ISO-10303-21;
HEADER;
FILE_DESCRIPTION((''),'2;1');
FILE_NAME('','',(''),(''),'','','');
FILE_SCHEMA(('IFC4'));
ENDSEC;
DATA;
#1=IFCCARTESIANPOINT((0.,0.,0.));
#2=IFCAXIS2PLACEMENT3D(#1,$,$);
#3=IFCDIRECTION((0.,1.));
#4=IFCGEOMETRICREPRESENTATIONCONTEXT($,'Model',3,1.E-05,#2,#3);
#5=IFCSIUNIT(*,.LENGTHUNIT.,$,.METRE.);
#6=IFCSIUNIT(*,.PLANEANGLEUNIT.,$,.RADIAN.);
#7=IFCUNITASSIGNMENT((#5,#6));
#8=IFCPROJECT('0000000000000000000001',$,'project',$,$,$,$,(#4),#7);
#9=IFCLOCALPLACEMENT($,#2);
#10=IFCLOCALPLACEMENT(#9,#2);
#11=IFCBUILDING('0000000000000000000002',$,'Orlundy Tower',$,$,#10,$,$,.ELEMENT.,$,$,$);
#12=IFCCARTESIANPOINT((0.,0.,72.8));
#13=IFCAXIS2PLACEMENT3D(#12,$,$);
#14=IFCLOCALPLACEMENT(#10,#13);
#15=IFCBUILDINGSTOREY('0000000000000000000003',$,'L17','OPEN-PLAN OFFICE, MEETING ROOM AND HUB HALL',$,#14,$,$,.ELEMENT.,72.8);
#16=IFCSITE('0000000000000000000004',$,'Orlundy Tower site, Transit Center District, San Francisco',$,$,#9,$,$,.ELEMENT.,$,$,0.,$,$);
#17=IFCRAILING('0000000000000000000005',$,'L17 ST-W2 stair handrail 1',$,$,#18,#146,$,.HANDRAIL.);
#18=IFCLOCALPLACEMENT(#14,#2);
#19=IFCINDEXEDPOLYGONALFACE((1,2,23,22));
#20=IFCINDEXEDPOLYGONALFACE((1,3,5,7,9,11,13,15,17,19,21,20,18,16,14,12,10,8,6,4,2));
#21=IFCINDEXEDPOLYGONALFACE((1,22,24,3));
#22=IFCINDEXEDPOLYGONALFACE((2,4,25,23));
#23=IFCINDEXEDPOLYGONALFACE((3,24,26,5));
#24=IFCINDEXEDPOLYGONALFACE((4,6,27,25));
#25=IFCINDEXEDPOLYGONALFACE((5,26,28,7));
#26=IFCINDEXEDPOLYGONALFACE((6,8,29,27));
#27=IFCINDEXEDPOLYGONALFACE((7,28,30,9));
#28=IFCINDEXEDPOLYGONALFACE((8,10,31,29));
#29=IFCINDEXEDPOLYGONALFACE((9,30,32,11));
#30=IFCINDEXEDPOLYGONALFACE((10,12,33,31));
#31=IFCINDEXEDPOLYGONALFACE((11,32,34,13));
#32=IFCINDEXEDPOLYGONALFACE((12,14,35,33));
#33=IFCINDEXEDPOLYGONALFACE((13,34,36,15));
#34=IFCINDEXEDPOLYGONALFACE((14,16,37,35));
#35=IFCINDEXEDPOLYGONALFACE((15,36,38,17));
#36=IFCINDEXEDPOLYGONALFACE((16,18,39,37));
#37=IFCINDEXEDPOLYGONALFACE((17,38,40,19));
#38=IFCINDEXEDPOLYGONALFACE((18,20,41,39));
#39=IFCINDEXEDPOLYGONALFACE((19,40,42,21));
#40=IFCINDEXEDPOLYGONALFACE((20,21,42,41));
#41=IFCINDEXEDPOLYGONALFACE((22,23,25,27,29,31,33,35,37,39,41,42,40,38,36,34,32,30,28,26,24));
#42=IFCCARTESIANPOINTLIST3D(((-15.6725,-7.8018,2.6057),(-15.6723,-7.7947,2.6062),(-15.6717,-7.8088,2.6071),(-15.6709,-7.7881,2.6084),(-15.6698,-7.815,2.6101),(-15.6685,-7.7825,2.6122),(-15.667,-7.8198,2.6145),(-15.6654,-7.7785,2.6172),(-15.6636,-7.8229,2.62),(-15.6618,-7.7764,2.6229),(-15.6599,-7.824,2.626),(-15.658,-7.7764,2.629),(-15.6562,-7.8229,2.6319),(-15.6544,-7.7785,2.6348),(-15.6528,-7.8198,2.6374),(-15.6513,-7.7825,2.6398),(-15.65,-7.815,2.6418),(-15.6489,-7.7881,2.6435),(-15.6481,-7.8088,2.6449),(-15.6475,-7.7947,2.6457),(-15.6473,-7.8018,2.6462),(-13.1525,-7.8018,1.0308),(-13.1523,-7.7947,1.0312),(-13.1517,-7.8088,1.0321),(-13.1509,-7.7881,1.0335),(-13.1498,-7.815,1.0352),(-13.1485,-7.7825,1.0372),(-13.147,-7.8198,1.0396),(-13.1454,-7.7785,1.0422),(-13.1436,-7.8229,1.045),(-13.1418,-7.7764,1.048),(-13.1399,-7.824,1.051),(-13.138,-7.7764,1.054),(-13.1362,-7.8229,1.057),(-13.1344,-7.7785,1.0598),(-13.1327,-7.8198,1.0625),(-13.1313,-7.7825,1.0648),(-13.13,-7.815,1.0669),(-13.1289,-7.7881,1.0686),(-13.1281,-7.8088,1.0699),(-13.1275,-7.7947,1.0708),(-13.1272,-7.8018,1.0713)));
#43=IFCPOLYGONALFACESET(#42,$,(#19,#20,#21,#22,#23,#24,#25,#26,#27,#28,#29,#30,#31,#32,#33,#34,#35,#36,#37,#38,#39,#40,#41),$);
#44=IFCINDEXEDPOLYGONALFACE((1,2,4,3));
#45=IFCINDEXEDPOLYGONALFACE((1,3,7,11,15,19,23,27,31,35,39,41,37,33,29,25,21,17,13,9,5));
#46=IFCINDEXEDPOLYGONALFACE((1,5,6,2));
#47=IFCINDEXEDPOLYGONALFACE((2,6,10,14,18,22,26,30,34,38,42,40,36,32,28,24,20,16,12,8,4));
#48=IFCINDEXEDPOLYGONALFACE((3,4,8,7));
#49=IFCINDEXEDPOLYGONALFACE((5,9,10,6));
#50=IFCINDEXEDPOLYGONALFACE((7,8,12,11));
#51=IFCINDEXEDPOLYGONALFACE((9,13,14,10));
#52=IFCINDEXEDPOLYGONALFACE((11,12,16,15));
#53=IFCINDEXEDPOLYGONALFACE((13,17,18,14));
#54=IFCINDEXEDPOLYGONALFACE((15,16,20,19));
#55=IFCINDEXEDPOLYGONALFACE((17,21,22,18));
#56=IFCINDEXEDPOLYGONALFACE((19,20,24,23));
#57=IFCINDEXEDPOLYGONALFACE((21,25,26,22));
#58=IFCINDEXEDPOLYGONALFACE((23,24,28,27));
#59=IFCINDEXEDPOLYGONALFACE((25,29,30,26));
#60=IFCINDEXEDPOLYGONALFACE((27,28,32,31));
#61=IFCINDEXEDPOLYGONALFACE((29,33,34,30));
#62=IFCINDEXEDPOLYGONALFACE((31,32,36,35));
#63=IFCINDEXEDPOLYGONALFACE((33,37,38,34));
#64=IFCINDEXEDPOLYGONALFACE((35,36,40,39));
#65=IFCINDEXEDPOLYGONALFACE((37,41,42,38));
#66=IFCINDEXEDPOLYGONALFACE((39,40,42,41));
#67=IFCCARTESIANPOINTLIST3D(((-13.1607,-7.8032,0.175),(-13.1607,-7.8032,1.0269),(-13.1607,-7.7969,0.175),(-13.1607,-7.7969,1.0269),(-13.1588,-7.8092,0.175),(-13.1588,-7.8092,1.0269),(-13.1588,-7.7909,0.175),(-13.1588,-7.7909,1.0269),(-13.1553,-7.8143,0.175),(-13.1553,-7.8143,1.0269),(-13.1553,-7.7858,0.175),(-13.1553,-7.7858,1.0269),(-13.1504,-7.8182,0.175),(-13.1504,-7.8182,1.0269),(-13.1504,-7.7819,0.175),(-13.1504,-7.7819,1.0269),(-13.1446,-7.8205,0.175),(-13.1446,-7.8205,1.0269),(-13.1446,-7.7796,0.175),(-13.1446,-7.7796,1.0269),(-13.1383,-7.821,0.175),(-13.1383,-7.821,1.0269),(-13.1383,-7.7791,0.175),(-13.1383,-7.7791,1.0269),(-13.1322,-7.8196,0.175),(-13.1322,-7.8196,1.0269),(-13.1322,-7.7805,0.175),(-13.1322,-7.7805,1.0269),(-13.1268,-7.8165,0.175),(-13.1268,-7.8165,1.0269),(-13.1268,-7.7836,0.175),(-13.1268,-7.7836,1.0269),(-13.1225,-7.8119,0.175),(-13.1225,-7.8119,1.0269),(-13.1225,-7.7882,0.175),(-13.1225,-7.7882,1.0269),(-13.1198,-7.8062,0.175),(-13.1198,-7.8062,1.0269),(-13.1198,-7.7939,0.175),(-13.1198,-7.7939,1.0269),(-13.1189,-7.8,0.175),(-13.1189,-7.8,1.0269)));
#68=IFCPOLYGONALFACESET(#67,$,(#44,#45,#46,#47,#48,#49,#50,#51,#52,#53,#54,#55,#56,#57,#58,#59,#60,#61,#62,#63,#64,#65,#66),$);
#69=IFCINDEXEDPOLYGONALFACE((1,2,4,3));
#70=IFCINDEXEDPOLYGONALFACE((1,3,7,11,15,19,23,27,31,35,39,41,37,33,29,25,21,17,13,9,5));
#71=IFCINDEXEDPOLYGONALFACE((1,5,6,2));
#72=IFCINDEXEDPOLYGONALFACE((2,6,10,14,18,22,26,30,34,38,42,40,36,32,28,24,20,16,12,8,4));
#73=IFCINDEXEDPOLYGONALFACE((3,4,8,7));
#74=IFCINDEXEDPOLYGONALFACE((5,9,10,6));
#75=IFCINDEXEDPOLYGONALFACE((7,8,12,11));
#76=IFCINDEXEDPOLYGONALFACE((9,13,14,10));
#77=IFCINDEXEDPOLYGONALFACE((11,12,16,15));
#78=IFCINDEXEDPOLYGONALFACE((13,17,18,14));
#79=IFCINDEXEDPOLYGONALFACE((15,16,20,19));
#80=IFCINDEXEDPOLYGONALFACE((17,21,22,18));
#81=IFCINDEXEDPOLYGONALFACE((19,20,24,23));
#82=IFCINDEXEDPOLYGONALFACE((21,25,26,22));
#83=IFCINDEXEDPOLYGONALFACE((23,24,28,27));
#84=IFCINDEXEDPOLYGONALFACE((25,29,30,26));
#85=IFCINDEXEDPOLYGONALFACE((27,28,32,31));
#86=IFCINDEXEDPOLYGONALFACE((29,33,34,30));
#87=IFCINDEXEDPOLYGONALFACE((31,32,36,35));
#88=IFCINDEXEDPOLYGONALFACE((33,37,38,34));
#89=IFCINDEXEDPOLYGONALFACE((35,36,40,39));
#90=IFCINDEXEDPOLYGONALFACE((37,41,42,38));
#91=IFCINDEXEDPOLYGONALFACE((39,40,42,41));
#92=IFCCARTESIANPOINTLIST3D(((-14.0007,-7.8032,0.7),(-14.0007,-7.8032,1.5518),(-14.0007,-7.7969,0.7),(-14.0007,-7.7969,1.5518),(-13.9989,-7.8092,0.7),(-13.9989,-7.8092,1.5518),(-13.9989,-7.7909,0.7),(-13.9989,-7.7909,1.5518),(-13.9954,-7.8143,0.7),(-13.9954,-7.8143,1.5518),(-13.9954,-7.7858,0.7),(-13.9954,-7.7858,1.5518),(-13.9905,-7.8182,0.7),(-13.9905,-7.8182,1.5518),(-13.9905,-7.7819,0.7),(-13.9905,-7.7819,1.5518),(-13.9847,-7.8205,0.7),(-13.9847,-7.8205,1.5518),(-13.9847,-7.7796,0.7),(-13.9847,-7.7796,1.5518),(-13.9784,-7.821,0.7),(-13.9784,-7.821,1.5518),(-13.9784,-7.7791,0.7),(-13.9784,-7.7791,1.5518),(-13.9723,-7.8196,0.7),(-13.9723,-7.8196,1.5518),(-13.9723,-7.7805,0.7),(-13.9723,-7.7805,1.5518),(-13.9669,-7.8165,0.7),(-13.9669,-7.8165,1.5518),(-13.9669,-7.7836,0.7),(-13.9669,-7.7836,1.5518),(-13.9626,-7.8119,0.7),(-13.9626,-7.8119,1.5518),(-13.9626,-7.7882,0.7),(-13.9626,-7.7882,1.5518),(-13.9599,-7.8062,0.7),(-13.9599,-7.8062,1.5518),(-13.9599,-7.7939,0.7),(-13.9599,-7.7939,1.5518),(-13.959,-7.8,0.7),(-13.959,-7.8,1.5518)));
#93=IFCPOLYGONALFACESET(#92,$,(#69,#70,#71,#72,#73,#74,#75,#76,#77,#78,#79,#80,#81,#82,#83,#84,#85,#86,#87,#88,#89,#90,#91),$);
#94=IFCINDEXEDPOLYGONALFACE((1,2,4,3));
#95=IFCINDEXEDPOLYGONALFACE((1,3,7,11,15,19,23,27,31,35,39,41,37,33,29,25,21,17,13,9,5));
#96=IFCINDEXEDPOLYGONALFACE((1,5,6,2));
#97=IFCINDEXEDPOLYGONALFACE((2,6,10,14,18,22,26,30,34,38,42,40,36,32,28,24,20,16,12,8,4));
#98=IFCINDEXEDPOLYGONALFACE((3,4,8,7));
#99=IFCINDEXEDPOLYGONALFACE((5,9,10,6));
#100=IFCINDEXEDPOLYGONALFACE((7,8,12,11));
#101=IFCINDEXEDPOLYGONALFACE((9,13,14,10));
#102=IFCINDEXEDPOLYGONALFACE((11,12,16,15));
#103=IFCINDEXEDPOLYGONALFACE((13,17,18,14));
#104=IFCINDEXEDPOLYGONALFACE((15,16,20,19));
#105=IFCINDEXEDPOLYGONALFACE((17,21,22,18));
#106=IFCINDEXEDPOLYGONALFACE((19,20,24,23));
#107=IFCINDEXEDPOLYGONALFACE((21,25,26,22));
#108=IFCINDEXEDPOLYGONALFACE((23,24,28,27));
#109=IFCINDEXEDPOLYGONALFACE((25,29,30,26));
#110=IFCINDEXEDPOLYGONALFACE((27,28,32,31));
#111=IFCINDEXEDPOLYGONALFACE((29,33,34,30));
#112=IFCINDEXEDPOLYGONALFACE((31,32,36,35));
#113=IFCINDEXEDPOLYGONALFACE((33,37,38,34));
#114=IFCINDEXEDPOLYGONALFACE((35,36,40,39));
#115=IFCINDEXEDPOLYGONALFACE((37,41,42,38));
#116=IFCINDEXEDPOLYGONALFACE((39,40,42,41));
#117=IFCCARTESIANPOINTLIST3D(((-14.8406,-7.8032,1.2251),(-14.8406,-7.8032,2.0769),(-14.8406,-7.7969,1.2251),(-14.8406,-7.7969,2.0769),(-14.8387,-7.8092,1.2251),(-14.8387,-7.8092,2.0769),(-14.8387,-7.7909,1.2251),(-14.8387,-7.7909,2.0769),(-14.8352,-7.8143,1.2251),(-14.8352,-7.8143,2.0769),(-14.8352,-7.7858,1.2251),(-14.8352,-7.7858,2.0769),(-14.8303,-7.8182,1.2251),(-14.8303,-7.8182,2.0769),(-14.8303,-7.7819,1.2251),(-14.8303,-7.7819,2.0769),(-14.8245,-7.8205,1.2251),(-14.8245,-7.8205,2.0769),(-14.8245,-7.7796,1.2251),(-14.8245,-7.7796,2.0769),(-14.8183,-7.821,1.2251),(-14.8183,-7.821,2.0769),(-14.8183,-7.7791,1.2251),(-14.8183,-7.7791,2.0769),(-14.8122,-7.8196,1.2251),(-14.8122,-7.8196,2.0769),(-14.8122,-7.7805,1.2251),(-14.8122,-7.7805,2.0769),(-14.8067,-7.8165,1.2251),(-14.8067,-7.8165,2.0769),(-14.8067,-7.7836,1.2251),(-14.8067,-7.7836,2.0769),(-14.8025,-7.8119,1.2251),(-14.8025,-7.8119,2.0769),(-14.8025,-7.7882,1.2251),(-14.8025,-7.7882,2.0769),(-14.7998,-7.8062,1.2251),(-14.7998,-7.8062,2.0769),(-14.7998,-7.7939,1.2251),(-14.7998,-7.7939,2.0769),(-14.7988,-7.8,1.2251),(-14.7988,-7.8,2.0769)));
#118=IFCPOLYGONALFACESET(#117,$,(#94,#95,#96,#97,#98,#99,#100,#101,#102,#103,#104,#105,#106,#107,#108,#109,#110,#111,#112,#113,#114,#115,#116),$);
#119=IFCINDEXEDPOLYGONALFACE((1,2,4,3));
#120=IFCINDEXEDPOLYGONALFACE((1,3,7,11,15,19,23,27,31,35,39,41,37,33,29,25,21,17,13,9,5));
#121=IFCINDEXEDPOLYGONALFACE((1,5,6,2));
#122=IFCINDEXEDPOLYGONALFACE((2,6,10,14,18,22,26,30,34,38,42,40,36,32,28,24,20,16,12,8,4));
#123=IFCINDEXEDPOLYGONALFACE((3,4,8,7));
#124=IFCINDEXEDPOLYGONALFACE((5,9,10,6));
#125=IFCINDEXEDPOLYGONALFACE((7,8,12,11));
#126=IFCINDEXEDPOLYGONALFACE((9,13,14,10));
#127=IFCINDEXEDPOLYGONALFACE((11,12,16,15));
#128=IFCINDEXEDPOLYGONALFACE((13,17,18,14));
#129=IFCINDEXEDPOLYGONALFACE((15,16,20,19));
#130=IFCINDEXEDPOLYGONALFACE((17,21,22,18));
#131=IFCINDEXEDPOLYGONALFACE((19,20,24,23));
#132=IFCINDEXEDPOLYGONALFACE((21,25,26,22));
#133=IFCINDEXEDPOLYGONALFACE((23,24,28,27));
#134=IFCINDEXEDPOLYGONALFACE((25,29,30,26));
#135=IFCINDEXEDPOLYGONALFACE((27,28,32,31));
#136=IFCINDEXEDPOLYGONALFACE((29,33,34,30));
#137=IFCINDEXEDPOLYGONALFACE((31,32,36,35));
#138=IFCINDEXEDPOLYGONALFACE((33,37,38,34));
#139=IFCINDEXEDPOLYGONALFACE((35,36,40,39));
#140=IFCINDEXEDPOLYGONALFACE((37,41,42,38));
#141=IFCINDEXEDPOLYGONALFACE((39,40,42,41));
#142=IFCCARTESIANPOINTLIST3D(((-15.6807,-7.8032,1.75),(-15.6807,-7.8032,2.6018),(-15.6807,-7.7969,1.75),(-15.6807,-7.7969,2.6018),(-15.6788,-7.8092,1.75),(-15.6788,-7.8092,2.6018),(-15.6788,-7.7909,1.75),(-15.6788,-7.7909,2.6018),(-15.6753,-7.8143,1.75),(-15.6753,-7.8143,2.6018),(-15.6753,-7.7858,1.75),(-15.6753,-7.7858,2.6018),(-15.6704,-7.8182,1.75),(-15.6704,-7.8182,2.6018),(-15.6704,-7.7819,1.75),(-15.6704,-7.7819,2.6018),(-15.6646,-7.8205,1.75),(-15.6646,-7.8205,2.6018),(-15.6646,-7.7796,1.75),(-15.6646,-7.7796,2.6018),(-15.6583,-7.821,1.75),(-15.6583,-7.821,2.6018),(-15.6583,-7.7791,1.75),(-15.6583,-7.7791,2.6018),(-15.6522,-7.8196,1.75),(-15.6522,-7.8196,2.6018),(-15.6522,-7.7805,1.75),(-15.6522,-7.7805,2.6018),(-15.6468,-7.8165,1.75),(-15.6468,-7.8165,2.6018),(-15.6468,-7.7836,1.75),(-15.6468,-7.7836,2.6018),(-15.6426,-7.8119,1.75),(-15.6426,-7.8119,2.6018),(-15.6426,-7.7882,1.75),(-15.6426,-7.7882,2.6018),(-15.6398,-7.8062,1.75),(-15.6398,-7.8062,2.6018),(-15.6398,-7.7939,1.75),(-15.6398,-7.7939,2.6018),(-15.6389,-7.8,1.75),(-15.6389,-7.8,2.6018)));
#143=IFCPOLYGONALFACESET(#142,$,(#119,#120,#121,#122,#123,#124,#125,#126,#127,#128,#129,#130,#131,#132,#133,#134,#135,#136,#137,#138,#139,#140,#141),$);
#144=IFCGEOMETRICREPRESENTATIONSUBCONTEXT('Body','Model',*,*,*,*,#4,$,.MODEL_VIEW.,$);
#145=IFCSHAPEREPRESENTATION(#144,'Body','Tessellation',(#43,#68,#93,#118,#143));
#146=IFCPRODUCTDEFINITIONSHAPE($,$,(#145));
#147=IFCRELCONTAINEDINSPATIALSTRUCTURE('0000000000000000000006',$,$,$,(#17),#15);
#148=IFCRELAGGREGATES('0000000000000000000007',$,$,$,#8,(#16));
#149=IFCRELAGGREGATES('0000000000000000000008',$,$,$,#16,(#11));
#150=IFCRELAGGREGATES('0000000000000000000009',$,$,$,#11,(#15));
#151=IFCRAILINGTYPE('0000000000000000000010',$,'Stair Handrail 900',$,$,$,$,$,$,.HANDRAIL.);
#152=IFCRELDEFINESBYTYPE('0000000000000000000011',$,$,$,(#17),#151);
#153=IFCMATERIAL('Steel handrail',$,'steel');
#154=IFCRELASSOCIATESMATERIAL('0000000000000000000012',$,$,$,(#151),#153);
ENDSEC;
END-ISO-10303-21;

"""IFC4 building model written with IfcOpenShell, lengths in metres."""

from ifc_helpers import new_model, si_unit, direction, frame, origin, origin_2d, place, context, subcontext, project, spatial, circle, extrude, material, type_object, element, save


model = new_model("IFC4")

# Units and contexts
model_context = context("Model", 3, precision=1e-05, world=origin(), true_north=direction((0.0, 1.0)))
body_context = subcontext(model_context, "Body", "Model", "MODEL_VIEW")
ifc_project = project(units=[si_unit("LENGTHUNIT", "METRE"), si_unit("PLANEANGLEUNIT", "RADIAN")], contexts=[model_context])

# Site, building, storey
site_placement = place(None, origin())
site = spatial("IfcSite", under=ifc_project, at=site_placement, Name="Orlundy Tower site, Transit Center District, San Francisco", CompositionType="ELEMENT", RefElevation=0.0)
building_placement = place(site_placement, origin())
building = spatial("IfcBuilding", under=site, at=building_placement, Name="Orlundy Tower", CompositionType="ELEMENT")
storey_placement = place(building_placement, frame((0.0, 0.0, 72.8)))
storey = spatial("IfcBuildingStorey", under=building, at=storey_placement, Name="L17", Description="OPEN-PLAN OFFICE, MEETING ROOM AND HUB HALL", CompositionType="ELEMENT", Elevation=72.8)

# Railing
ifc_material_1 = material(Name="Steel handrail", Category="steel")
railing_type_1 = type_object("IfcRailingType", Name="Stair Handrail 900", PredefinedType="HANDRAIL", material=ifc_material_1)
railing_1_placement = place(storey_placement, frame((-13.1399, -7.8, 0.175)))
element("IfcRailing", 1, at=railing_1_placement, inside=storey, type_object=railing_type_1, Name="L17 ST-W2 stair handrail 1", PredefinedType="HANDRAIL", context=body_context, shape_type="SweptSolid", body=[
    extrude(circle(Radius=0.0239, at=origin_2d()), frame((0.0, 0.0, 0.876), z_axis=(-0.848008, 0.0, 0.529984), x_axis=(0.0, -1.0, 0.0)), (0.0, 0.0, 1.0), 2.9717),
    extrude(circle(Radius=0.021, at=origin_2d()), origin(), (0.0, 0.0, 1.0), 0.8518),
    extrude(circle(Radius=0.021, at=origin_2d()), frame((-0.8401, 0.0, 0.5249)), (0.0, 0.0, 1.0), 0.8518),
    extrude(circle(Radius=0.021, at=origin_2d()), frame((-1.6799, 0.0, 1.05)), (0.0, 0.0, 1.0), 0.8518),
    extrude(circle(Radius=0.021, at=origin_2d()), frame((-2.52, 0.0, 1.575)), (0.0, 0.0, 1.0), 0.8518),
])

save(model, "model.ifc")
